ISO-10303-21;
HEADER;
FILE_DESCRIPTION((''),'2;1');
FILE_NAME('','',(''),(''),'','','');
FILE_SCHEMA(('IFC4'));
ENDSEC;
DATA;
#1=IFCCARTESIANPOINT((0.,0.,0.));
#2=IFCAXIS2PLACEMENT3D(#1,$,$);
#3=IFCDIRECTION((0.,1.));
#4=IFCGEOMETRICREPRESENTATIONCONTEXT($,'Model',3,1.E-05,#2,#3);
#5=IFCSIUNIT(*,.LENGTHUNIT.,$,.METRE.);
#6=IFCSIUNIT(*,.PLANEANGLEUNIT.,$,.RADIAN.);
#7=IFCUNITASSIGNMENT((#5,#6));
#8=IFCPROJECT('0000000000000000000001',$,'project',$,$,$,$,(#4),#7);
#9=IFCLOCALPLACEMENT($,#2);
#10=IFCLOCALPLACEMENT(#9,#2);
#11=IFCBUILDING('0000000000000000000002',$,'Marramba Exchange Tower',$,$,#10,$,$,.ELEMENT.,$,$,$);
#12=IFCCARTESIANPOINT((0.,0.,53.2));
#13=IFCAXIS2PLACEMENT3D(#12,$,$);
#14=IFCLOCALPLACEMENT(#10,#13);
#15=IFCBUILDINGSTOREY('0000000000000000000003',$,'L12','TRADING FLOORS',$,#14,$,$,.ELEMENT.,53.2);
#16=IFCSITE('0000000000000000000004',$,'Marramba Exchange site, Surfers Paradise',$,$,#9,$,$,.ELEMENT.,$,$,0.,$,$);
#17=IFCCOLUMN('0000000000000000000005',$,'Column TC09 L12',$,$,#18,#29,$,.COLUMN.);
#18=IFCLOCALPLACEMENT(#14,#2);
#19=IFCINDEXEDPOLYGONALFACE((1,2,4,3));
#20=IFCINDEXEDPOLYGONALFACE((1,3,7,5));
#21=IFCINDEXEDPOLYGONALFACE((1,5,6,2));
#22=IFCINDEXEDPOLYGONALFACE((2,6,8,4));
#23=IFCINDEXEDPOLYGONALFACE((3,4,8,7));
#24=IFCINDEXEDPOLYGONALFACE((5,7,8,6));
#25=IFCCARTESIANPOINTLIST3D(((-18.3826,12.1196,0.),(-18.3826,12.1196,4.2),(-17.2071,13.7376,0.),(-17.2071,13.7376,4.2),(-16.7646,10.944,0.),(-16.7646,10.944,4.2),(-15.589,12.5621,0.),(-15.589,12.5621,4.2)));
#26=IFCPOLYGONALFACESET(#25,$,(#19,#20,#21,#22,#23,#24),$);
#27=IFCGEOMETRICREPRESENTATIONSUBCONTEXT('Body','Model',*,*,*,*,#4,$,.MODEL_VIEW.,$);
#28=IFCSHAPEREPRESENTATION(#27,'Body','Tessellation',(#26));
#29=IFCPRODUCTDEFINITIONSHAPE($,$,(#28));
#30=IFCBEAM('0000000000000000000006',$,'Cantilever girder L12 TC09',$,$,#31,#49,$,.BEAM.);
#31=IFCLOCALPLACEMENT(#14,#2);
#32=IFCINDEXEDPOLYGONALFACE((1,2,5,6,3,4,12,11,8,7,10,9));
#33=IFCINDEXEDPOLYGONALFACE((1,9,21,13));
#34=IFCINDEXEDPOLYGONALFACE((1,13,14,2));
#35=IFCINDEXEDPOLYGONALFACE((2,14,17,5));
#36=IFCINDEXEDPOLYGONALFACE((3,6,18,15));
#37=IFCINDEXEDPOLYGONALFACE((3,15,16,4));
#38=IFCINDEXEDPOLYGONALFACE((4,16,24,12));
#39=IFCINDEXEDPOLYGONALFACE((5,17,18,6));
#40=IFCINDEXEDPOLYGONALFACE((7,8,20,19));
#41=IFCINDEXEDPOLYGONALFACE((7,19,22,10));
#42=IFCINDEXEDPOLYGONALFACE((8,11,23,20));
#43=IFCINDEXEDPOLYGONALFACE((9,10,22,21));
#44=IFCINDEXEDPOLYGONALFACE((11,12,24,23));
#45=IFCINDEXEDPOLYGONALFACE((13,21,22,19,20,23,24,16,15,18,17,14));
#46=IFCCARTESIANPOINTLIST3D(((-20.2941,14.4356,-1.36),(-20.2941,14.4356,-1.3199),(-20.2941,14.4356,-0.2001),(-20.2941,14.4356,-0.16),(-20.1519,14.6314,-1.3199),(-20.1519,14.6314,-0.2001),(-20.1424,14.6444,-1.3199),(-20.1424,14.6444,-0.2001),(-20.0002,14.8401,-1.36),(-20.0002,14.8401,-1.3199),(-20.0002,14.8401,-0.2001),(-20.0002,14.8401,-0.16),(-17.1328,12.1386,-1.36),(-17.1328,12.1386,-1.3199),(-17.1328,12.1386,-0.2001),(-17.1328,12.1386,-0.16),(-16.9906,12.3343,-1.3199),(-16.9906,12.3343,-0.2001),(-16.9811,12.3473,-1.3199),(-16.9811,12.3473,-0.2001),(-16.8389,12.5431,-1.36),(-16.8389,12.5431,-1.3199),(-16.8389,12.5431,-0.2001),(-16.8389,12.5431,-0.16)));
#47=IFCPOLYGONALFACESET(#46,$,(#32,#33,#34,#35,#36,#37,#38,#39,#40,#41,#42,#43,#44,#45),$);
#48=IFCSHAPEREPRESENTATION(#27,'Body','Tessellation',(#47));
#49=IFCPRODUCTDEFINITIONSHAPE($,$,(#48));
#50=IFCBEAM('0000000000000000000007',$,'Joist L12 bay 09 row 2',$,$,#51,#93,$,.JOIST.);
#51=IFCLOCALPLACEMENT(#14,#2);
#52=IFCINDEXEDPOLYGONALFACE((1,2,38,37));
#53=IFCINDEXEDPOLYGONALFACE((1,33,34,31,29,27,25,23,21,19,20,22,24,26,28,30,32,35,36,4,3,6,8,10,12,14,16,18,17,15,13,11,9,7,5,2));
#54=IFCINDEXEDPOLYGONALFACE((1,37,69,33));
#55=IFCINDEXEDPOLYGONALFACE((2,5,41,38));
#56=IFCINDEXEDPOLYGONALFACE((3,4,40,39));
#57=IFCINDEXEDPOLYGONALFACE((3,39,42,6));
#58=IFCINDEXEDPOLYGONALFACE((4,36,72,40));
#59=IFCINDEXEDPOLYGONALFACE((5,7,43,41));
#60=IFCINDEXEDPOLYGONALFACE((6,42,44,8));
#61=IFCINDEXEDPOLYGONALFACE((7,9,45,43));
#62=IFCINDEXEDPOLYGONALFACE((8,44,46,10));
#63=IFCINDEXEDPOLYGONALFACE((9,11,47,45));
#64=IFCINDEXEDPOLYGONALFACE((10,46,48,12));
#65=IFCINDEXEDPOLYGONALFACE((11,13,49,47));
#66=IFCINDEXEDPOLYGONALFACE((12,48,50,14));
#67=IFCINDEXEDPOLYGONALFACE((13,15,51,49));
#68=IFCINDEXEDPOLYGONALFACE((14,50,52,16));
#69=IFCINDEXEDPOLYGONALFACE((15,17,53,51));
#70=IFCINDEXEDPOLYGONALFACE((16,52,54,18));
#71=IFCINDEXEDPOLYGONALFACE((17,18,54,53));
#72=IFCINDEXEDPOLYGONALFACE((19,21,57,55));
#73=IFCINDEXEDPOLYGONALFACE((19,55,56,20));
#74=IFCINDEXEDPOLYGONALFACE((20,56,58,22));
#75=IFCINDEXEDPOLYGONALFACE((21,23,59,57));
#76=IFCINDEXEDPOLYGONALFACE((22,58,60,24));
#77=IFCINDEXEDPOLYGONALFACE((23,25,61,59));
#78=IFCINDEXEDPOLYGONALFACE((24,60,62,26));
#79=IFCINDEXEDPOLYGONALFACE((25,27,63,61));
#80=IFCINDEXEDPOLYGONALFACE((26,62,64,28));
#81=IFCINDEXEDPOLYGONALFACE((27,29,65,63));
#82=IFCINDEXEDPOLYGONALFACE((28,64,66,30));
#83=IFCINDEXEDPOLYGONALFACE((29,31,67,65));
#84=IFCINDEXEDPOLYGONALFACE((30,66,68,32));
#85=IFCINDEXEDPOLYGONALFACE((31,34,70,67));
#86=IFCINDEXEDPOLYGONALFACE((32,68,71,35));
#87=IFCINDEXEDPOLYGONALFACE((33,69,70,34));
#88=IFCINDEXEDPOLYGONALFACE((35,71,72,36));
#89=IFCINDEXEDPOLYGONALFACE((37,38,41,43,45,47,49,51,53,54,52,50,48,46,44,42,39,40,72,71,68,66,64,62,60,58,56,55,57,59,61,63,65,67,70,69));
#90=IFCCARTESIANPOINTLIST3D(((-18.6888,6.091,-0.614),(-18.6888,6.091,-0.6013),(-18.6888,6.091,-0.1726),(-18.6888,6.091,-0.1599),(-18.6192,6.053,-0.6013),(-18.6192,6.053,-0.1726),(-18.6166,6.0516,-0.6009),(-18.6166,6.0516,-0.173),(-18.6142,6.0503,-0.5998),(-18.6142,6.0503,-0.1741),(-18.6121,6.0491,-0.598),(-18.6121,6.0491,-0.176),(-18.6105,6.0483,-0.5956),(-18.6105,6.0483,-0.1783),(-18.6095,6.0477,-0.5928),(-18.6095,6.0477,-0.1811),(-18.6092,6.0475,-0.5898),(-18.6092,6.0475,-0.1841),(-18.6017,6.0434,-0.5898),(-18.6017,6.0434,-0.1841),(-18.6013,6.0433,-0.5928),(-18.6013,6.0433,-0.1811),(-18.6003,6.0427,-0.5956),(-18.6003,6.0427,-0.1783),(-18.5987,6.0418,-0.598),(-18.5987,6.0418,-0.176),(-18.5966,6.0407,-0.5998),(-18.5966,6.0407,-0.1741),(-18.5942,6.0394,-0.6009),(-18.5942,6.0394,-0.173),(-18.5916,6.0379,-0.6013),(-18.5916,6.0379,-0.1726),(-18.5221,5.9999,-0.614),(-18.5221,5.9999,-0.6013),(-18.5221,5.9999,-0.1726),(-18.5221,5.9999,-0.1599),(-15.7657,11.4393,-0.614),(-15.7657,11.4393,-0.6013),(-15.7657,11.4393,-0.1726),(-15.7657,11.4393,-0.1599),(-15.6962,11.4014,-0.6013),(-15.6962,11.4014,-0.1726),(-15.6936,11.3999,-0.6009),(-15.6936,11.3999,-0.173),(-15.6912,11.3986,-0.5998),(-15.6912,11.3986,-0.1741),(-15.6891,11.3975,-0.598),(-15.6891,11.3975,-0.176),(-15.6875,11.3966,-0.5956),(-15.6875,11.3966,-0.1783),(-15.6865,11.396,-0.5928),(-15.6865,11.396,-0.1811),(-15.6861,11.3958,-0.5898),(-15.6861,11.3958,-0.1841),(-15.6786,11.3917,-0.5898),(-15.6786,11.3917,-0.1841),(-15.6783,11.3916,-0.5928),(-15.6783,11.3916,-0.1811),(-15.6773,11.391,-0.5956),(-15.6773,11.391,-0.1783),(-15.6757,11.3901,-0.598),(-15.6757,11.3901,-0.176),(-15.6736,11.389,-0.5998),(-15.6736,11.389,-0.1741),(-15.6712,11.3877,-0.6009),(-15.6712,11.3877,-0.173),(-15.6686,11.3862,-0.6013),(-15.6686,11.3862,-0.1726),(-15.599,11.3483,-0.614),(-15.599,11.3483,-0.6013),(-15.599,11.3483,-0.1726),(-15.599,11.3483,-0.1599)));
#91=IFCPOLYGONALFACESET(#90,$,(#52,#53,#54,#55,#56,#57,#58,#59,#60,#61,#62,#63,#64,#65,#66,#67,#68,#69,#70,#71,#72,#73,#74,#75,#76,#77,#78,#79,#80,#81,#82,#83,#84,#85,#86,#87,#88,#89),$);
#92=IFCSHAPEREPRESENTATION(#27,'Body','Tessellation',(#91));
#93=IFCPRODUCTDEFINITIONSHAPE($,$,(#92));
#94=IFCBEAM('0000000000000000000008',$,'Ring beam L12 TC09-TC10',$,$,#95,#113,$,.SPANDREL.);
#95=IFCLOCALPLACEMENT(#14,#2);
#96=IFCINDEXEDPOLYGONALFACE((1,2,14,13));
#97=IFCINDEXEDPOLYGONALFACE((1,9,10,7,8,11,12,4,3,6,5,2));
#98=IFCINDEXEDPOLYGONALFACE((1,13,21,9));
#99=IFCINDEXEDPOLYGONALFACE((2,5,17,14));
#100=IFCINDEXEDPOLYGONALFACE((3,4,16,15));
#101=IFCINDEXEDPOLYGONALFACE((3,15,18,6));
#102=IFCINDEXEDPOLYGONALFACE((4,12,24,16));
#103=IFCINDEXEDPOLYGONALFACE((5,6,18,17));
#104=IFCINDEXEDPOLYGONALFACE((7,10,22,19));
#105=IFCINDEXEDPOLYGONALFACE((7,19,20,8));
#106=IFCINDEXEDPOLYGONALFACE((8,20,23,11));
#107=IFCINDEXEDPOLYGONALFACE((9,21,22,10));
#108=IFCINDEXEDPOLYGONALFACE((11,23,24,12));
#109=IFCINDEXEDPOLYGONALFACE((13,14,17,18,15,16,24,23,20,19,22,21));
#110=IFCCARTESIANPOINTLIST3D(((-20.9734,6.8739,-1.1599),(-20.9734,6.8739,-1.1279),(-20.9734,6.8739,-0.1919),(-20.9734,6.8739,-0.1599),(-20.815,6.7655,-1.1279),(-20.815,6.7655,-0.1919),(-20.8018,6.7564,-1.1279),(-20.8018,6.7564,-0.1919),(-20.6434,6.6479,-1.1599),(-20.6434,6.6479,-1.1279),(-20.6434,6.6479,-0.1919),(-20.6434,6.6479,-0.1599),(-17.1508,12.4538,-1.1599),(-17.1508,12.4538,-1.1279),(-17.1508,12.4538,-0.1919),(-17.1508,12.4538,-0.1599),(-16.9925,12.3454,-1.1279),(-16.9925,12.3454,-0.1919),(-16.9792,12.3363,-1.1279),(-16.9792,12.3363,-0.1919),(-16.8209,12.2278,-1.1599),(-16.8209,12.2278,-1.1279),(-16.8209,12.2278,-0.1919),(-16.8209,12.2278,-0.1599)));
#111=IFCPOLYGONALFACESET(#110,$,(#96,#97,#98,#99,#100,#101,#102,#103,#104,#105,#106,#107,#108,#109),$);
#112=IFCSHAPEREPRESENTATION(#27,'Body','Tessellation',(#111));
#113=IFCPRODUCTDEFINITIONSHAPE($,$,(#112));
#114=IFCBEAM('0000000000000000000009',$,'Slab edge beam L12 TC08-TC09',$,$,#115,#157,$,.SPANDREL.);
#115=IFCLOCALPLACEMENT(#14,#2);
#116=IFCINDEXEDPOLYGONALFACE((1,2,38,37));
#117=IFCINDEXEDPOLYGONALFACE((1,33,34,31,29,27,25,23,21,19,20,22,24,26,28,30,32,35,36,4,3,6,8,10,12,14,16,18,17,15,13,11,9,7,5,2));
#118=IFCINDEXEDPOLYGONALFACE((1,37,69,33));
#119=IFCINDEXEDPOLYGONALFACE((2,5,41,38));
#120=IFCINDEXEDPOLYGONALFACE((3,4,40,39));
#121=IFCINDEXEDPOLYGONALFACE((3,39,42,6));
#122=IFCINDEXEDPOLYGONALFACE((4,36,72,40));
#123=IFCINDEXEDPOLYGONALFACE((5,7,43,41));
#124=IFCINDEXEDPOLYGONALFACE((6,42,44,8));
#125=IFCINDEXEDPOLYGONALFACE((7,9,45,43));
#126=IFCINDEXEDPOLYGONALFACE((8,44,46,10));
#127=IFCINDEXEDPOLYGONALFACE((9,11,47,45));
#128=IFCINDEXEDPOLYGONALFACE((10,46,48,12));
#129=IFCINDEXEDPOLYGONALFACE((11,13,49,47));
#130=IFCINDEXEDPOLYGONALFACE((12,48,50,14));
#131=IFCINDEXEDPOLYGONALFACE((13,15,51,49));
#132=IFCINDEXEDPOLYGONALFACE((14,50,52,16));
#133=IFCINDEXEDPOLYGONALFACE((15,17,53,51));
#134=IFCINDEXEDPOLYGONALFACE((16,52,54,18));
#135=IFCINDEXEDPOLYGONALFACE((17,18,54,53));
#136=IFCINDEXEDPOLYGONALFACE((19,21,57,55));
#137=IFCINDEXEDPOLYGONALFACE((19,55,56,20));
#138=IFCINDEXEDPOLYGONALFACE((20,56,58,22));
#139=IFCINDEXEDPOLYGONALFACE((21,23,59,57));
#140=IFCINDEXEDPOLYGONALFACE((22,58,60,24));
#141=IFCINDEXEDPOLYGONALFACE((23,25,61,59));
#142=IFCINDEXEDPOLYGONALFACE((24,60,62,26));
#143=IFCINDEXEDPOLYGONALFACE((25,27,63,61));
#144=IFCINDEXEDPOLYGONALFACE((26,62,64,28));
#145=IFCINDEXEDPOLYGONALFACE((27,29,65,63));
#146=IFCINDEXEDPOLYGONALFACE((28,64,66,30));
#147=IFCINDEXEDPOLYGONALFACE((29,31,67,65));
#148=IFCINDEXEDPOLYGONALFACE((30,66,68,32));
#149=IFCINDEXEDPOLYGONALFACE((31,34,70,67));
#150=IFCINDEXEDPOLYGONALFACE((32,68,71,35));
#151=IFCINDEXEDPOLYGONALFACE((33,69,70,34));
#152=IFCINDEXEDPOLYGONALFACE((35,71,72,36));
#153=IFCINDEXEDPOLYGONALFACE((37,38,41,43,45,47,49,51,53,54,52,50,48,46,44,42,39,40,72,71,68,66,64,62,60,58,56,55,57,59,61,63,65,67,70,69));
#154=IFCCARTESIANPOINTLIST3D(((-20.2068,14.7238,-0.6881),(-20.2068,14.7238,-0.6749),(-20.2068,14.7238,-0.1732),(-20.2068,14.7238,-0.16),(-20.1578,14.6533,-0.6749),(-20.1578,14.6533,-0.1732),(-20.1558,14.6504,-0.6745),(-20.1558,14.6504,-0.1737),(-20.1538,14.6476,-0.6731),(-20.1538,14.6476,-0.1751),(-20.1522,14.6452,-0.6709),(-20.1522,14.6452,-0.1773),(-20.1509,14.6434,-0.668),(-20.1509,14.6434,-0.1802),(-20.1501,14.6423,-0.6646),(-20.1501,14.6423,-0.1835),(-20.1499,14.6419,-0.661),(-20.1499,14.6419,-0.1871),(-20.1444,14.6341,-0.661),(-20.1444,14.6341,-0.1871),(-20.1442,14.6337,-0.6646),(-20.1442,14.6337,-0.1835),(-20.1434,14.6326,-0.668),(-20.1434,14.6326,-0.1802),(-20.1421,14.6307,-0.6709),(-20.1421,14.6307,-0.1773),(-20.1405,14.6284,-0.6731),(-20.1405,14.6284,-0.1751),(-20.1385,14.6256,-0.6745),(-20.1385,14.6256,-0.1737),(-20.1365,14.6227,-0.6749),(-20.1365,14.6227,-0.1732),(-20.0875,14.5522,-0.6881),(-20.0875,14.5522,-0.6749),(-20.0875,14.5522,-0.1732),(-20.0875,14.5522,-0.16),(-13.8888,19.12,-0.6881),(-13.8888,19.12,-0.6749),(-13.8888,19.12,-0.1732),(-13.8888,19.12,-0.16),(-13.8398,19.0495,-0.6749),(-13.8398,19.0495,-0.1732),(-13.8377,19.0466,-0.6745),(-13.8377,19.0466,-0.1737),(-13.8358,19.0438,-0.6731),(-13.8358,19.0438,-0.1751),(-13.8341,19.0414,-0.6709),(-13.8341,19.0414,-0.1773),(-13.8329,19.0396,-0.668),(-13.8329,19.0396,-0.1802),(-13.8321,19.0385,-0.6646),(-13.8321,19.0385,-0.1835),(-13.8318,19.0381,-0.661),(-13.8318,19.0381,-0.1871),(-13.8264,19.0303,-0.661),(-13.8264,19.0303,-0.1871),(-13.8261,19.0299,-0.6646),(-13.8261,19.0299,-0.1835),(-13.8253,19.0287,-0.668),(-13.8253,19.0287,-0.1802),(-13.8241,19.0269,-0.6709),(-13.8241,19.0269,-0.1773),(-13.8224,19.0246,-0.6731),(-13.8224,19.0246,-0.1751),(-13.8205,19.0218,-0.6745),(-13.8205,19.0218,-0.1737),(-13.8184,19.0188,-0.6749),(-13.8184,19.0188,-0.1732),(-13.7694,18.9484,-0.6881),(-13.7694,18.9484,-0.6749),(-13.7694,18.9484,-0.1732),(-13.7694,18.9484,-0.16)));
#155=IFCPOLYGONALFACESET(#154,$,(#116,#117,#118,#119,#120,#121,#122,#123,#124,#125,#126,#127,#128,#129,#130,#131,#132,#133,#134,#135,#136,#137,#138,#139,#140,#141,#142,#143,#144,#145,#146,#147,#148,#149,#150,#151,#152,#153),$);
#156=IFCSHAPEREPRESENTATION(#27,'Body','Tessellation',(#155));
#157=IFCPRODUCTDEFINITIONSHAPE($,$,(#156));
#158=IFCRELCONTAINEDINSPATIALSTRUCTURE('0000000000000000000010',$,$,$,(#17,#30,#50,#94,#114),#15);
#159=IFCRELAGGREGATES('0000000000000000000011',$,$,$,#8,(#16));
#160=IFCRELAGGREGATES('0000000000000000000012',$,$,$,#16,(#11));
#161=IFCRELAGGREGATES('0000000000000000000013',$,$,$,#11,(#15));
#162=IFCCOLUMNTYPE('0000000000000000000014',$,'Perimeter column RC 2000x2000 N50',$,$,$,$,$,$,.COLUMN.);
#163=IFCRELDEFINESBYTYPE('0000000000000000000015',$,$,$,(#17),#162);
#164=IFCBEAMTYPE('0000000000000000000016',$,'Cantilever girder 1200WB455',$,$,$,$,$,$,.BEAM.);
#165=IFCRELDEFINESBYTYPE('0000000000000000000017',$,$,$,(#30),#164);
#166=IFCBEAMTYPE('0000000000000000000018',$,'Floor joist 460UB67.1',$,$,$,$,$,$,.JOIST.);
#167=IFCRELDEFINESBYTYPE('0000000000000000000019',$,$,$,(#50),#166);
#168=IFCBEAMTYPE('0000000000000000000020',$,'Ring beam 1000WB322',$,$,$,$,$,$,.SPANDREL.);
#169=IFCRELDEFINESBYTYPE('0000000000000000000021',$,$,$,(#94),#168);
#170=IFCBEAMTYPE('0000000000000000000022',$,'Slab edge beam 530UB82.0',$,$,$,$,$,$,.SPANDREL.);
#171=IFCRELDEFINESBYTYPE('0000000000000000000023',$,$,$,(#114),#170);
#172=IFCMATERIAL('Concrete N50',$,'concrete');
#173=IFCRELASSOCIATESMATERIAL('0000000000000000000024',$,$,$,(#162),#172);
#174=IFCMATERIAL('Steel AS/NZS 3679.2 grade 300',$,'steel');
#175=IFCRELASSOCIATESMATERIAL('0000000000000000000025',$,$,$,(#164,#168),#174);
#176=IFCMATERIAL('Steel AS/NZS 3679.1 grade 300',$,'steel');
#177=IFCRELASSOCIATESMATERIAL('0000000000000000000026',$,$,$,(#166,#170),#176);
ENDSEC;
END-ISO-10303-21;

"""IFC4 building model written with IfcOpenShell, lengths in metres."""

from ifc_helpers import new_model, si_unit, direction, frame, origin, origin_2d, place, context, subcontext, project, spatial, rectangle, i_section, extrude, material, material_profile, profile_set, type_object, element, save


model = new_model("IFC4")

# Units and contexts
model_context = context("Model", 3, precision=1e-05, world=origin(), true_north=direction((0.0, 1.0)))
body_context = subcontext(model_context, "Body", "Model", "MODEL_VIEW")
ifc_project = project(units=[si_unit("LENGTHUNIT", "METRE"), si_unit("PLANEANGLEUNIT", "RADIAN")], contexts=[model_context])

# Site, building, storey
site_placement = place(None, origin())
site = spatial("IfcSite", under=ifc_project, at=site_placement, Name="Marramba Exchange site, Surfers Paradise", CompositionType="ELEMENT", RefElevation=0.0)
building_placement = place(site_placement, origin())
building = spatial("IfcBuilding", under=site, at=building_placement, Name="Marramba Exchange Tower", CompositionType="ELEMENT")
storey_placement = place(building_placement, frame((0.0, 0.0, 53.2)))
storey = spatial("IfcBuildingStorey", under=building, at=storey_placement, Name="L12", Description="TRADING FLOORS", CompositionType="ELEMENT", Elevation=53.2)

# Column
ifc_material_1 = material(Name="Concrete N50", Category="concrete")
ifc_material_profile_1 = material_profile(ifc_material_1, rectangle(XDim=2.0, YDim=2.0, at=origin_2d()), Name="RC 2000x2000")
ifc_profile_set_1 = profile_set([ifc_material_profile_1], Name="Concrete N50")
column_type = type_object("IfcColumnType", Name="Perimeter column RC 2000x2000 N50", PredefinedType="COLUMN", material=ifc_profile_set_1)
column_placement = place(storey_placement, frame((-16.9858, 12.3408, 0.0), z_axis=(0.0, 0.0, 1.0), x_axis=(-0.809017, 0.587785, 0.0)))
element("IfcColumn", 1, at=column_placement, inside=storey, type_object=column_type, Name="Column TC09 L12", PredefinedType="COLUMN", context=body_context, shape_type="SweptSolid", body=[
    extrude(rectangle(XDim=2.0, YDim=2.0, at=origin_2d()), origin(), (0.0, 0.0, 1.0), 4.2),
])

# Beams
ifc_material_2 = material(Name="Steel AS/NZS 3679.2 grade 300", Category="steel")
ifc_material_profile_2 = material_profile(ifc_material_2, i_section(OverallWidth=0.5, OverallDepth=1.2, WebThickness=0.0161, FlangeThickness=0.04, at=origin_2d()), Name="1200WB455")
ifc_profile_set_2 = profile_set([ifc_material_profile_2], Name="Steel AS/NZS 3679.2 grade 300")
beam_type_1 = type_object("IfcBeamType", Name="Cantilever girder 1200WB455", PredefinedType="BEAM", material=ifc_profile_set_2)
beam_1_placement = place(storey_placement, frame((-16.9858, 12.3408, -0.76), z_axis=(-0.808987, 0.587826, 0.0), x_axis=(-0.587826, -0.808987, 0.0)))
element("IfcBeam", 2, at=beam_1_placement, inside=storey, type_object=beam_type_1, Name="Cantilever girder L12 TC09", PredefinedType="BEAM", context=body_context, shape_type="SweptSolid", body=[
    extrude(i_section(OverallWidth=0.5, OverallDepth=1.2, WebThickness=0.0161, FlangeThickness=0.04, at=origin_2d()), origin(), (0.0, 0.0, 1.0), 3.9077),
])
ifc_material_3 = material(Name="Steel AS/NZS 3679.1 grade 300", Category="steel")
ifc_material_profile_3 = material_profile(ifc_material_3, i_section(OverallWidth=0.1899, OverallDepth=0.4541, WebThickness=0.0085, FlangeThickness=0.0127, FilletRadius=0.0115, at=origin_2d()), Name="460UB67.1")
ifc_profile_set_3 = profile_set([ifc_material_profile_3], Name="Steel AS/NZS 3679.1 grade 300")
beam_type_2 = type_object("IfcBeamType", Name="Floor joist 460UB67.1", PredefinedType="JOIST", material=ifc_profile_set_3)
beam_2_placement = place(storey_placement, frame((-15.6824, 11.3938, -0.387), z_axis=(-0.479584, -0.877496, 0.0), x_axis=(0.877496, -0.479584, 0.0)))
element("IfcBeam", 3, at=beam_2_placement, inside=storey, type_object=beam_type_2, Name="Joist L12 bay 09 row 2", PredefinedType="JOIST", context=body_context, shape_type="SweptSolid", body=[
    extrude(i_section(OverallWidth=0.1899, OverallDepth=0.4541, WebThickness=0.0085, FlangeThickness=0.0127, FilletRadius=0.0115, at=origin_2d()), origin(), (0.0, 0.0, 1.0), 6.095),
])
ifc_material_profile_4 = material_profile(ifc_material_2, i_section(OverallWidth=0.3999, OverallDepth=1.0, WebThickness=0.0161, FlangeThickness=0.032, at=origin_2d()), Name="1000WB322")
ifc_profile_set_4 = profile_set([ifc_material_profile_4], Name="Steel AS/NZS 3679.2 grade 300")
beam_type_3 = type_object("IfcBeamType", Name="Ring beam 1000WB322", PredefinedType="SPANDREL", material=ifc_profile_set_4)
beam_3_placement = place(storey_placement, frame((-16.9858, 12.3408, -0.6599), z_axis=(-0.56516, -0.824981, 0.0), x_axis=(0.824981, -0.56516, 0.0)))
element("IfcBeam", 4, at=beam_3_placement, inside=storey, type_object=beam_type_3, Name="Ring beam L12 TC09-TC10", PredefinedType="SPANDREL", context=body_context, shape_type="SweptSolid", body=[
    extrude(i_section(OverallWidth=0.3999, OverallDepth=1.0, WebThickness=0.0161, FlangeThickness=0.032, at=origin_2d()), origin(), (0.0, 0.0, 1.0), 6.7637),
])
ifc_material_profile_5 = material_profile(ifc_material_3, i_section(OverallWidth=0.209, OverallDepth=0.5281, WebThickness=0.0095, FlangeThickness=0.0132, FilletRadius=0.0139, at=origin_2d()), Name="530UB82.0")
ifc_profile_set_5 = profile_set([ifc_material_profile_5], Name="Steel AS/NZS 3679.1 grade 300")
beam_type_4 = type_object("IfcBeamType", Name="Slab edge beam 530UB82.0", PredefinedType="SPANDREL", material=ifc_profile_set_5)
beam_4_placement = place(storey_placement, frame((-13.8291, 19.0342, -0.4241), z_axis=(-0.820842, -0.571155, 0.0), x_axis=(0.571155, -0.820842, 0.0)))
element("IfcBeam", 5, at=beam_4_placement, inside=storey, type_object=beam_type_4, Name="Slab edge beam L12 TC08-TC09", PredefinedType="SPANDREL", context=body_context, shape_type="SweptSolid", body=[
    extrude(i_section(OverallWidth=0.209, OverallDepth=0.5281, WebThickness=0.0095, FlangeThickness=0.0132, FilletRadius=0.0139, at=origin_2d()), origin(), (0.0, 0.0, 1.0), 7.697),
])

save(model, "model.ifc")
